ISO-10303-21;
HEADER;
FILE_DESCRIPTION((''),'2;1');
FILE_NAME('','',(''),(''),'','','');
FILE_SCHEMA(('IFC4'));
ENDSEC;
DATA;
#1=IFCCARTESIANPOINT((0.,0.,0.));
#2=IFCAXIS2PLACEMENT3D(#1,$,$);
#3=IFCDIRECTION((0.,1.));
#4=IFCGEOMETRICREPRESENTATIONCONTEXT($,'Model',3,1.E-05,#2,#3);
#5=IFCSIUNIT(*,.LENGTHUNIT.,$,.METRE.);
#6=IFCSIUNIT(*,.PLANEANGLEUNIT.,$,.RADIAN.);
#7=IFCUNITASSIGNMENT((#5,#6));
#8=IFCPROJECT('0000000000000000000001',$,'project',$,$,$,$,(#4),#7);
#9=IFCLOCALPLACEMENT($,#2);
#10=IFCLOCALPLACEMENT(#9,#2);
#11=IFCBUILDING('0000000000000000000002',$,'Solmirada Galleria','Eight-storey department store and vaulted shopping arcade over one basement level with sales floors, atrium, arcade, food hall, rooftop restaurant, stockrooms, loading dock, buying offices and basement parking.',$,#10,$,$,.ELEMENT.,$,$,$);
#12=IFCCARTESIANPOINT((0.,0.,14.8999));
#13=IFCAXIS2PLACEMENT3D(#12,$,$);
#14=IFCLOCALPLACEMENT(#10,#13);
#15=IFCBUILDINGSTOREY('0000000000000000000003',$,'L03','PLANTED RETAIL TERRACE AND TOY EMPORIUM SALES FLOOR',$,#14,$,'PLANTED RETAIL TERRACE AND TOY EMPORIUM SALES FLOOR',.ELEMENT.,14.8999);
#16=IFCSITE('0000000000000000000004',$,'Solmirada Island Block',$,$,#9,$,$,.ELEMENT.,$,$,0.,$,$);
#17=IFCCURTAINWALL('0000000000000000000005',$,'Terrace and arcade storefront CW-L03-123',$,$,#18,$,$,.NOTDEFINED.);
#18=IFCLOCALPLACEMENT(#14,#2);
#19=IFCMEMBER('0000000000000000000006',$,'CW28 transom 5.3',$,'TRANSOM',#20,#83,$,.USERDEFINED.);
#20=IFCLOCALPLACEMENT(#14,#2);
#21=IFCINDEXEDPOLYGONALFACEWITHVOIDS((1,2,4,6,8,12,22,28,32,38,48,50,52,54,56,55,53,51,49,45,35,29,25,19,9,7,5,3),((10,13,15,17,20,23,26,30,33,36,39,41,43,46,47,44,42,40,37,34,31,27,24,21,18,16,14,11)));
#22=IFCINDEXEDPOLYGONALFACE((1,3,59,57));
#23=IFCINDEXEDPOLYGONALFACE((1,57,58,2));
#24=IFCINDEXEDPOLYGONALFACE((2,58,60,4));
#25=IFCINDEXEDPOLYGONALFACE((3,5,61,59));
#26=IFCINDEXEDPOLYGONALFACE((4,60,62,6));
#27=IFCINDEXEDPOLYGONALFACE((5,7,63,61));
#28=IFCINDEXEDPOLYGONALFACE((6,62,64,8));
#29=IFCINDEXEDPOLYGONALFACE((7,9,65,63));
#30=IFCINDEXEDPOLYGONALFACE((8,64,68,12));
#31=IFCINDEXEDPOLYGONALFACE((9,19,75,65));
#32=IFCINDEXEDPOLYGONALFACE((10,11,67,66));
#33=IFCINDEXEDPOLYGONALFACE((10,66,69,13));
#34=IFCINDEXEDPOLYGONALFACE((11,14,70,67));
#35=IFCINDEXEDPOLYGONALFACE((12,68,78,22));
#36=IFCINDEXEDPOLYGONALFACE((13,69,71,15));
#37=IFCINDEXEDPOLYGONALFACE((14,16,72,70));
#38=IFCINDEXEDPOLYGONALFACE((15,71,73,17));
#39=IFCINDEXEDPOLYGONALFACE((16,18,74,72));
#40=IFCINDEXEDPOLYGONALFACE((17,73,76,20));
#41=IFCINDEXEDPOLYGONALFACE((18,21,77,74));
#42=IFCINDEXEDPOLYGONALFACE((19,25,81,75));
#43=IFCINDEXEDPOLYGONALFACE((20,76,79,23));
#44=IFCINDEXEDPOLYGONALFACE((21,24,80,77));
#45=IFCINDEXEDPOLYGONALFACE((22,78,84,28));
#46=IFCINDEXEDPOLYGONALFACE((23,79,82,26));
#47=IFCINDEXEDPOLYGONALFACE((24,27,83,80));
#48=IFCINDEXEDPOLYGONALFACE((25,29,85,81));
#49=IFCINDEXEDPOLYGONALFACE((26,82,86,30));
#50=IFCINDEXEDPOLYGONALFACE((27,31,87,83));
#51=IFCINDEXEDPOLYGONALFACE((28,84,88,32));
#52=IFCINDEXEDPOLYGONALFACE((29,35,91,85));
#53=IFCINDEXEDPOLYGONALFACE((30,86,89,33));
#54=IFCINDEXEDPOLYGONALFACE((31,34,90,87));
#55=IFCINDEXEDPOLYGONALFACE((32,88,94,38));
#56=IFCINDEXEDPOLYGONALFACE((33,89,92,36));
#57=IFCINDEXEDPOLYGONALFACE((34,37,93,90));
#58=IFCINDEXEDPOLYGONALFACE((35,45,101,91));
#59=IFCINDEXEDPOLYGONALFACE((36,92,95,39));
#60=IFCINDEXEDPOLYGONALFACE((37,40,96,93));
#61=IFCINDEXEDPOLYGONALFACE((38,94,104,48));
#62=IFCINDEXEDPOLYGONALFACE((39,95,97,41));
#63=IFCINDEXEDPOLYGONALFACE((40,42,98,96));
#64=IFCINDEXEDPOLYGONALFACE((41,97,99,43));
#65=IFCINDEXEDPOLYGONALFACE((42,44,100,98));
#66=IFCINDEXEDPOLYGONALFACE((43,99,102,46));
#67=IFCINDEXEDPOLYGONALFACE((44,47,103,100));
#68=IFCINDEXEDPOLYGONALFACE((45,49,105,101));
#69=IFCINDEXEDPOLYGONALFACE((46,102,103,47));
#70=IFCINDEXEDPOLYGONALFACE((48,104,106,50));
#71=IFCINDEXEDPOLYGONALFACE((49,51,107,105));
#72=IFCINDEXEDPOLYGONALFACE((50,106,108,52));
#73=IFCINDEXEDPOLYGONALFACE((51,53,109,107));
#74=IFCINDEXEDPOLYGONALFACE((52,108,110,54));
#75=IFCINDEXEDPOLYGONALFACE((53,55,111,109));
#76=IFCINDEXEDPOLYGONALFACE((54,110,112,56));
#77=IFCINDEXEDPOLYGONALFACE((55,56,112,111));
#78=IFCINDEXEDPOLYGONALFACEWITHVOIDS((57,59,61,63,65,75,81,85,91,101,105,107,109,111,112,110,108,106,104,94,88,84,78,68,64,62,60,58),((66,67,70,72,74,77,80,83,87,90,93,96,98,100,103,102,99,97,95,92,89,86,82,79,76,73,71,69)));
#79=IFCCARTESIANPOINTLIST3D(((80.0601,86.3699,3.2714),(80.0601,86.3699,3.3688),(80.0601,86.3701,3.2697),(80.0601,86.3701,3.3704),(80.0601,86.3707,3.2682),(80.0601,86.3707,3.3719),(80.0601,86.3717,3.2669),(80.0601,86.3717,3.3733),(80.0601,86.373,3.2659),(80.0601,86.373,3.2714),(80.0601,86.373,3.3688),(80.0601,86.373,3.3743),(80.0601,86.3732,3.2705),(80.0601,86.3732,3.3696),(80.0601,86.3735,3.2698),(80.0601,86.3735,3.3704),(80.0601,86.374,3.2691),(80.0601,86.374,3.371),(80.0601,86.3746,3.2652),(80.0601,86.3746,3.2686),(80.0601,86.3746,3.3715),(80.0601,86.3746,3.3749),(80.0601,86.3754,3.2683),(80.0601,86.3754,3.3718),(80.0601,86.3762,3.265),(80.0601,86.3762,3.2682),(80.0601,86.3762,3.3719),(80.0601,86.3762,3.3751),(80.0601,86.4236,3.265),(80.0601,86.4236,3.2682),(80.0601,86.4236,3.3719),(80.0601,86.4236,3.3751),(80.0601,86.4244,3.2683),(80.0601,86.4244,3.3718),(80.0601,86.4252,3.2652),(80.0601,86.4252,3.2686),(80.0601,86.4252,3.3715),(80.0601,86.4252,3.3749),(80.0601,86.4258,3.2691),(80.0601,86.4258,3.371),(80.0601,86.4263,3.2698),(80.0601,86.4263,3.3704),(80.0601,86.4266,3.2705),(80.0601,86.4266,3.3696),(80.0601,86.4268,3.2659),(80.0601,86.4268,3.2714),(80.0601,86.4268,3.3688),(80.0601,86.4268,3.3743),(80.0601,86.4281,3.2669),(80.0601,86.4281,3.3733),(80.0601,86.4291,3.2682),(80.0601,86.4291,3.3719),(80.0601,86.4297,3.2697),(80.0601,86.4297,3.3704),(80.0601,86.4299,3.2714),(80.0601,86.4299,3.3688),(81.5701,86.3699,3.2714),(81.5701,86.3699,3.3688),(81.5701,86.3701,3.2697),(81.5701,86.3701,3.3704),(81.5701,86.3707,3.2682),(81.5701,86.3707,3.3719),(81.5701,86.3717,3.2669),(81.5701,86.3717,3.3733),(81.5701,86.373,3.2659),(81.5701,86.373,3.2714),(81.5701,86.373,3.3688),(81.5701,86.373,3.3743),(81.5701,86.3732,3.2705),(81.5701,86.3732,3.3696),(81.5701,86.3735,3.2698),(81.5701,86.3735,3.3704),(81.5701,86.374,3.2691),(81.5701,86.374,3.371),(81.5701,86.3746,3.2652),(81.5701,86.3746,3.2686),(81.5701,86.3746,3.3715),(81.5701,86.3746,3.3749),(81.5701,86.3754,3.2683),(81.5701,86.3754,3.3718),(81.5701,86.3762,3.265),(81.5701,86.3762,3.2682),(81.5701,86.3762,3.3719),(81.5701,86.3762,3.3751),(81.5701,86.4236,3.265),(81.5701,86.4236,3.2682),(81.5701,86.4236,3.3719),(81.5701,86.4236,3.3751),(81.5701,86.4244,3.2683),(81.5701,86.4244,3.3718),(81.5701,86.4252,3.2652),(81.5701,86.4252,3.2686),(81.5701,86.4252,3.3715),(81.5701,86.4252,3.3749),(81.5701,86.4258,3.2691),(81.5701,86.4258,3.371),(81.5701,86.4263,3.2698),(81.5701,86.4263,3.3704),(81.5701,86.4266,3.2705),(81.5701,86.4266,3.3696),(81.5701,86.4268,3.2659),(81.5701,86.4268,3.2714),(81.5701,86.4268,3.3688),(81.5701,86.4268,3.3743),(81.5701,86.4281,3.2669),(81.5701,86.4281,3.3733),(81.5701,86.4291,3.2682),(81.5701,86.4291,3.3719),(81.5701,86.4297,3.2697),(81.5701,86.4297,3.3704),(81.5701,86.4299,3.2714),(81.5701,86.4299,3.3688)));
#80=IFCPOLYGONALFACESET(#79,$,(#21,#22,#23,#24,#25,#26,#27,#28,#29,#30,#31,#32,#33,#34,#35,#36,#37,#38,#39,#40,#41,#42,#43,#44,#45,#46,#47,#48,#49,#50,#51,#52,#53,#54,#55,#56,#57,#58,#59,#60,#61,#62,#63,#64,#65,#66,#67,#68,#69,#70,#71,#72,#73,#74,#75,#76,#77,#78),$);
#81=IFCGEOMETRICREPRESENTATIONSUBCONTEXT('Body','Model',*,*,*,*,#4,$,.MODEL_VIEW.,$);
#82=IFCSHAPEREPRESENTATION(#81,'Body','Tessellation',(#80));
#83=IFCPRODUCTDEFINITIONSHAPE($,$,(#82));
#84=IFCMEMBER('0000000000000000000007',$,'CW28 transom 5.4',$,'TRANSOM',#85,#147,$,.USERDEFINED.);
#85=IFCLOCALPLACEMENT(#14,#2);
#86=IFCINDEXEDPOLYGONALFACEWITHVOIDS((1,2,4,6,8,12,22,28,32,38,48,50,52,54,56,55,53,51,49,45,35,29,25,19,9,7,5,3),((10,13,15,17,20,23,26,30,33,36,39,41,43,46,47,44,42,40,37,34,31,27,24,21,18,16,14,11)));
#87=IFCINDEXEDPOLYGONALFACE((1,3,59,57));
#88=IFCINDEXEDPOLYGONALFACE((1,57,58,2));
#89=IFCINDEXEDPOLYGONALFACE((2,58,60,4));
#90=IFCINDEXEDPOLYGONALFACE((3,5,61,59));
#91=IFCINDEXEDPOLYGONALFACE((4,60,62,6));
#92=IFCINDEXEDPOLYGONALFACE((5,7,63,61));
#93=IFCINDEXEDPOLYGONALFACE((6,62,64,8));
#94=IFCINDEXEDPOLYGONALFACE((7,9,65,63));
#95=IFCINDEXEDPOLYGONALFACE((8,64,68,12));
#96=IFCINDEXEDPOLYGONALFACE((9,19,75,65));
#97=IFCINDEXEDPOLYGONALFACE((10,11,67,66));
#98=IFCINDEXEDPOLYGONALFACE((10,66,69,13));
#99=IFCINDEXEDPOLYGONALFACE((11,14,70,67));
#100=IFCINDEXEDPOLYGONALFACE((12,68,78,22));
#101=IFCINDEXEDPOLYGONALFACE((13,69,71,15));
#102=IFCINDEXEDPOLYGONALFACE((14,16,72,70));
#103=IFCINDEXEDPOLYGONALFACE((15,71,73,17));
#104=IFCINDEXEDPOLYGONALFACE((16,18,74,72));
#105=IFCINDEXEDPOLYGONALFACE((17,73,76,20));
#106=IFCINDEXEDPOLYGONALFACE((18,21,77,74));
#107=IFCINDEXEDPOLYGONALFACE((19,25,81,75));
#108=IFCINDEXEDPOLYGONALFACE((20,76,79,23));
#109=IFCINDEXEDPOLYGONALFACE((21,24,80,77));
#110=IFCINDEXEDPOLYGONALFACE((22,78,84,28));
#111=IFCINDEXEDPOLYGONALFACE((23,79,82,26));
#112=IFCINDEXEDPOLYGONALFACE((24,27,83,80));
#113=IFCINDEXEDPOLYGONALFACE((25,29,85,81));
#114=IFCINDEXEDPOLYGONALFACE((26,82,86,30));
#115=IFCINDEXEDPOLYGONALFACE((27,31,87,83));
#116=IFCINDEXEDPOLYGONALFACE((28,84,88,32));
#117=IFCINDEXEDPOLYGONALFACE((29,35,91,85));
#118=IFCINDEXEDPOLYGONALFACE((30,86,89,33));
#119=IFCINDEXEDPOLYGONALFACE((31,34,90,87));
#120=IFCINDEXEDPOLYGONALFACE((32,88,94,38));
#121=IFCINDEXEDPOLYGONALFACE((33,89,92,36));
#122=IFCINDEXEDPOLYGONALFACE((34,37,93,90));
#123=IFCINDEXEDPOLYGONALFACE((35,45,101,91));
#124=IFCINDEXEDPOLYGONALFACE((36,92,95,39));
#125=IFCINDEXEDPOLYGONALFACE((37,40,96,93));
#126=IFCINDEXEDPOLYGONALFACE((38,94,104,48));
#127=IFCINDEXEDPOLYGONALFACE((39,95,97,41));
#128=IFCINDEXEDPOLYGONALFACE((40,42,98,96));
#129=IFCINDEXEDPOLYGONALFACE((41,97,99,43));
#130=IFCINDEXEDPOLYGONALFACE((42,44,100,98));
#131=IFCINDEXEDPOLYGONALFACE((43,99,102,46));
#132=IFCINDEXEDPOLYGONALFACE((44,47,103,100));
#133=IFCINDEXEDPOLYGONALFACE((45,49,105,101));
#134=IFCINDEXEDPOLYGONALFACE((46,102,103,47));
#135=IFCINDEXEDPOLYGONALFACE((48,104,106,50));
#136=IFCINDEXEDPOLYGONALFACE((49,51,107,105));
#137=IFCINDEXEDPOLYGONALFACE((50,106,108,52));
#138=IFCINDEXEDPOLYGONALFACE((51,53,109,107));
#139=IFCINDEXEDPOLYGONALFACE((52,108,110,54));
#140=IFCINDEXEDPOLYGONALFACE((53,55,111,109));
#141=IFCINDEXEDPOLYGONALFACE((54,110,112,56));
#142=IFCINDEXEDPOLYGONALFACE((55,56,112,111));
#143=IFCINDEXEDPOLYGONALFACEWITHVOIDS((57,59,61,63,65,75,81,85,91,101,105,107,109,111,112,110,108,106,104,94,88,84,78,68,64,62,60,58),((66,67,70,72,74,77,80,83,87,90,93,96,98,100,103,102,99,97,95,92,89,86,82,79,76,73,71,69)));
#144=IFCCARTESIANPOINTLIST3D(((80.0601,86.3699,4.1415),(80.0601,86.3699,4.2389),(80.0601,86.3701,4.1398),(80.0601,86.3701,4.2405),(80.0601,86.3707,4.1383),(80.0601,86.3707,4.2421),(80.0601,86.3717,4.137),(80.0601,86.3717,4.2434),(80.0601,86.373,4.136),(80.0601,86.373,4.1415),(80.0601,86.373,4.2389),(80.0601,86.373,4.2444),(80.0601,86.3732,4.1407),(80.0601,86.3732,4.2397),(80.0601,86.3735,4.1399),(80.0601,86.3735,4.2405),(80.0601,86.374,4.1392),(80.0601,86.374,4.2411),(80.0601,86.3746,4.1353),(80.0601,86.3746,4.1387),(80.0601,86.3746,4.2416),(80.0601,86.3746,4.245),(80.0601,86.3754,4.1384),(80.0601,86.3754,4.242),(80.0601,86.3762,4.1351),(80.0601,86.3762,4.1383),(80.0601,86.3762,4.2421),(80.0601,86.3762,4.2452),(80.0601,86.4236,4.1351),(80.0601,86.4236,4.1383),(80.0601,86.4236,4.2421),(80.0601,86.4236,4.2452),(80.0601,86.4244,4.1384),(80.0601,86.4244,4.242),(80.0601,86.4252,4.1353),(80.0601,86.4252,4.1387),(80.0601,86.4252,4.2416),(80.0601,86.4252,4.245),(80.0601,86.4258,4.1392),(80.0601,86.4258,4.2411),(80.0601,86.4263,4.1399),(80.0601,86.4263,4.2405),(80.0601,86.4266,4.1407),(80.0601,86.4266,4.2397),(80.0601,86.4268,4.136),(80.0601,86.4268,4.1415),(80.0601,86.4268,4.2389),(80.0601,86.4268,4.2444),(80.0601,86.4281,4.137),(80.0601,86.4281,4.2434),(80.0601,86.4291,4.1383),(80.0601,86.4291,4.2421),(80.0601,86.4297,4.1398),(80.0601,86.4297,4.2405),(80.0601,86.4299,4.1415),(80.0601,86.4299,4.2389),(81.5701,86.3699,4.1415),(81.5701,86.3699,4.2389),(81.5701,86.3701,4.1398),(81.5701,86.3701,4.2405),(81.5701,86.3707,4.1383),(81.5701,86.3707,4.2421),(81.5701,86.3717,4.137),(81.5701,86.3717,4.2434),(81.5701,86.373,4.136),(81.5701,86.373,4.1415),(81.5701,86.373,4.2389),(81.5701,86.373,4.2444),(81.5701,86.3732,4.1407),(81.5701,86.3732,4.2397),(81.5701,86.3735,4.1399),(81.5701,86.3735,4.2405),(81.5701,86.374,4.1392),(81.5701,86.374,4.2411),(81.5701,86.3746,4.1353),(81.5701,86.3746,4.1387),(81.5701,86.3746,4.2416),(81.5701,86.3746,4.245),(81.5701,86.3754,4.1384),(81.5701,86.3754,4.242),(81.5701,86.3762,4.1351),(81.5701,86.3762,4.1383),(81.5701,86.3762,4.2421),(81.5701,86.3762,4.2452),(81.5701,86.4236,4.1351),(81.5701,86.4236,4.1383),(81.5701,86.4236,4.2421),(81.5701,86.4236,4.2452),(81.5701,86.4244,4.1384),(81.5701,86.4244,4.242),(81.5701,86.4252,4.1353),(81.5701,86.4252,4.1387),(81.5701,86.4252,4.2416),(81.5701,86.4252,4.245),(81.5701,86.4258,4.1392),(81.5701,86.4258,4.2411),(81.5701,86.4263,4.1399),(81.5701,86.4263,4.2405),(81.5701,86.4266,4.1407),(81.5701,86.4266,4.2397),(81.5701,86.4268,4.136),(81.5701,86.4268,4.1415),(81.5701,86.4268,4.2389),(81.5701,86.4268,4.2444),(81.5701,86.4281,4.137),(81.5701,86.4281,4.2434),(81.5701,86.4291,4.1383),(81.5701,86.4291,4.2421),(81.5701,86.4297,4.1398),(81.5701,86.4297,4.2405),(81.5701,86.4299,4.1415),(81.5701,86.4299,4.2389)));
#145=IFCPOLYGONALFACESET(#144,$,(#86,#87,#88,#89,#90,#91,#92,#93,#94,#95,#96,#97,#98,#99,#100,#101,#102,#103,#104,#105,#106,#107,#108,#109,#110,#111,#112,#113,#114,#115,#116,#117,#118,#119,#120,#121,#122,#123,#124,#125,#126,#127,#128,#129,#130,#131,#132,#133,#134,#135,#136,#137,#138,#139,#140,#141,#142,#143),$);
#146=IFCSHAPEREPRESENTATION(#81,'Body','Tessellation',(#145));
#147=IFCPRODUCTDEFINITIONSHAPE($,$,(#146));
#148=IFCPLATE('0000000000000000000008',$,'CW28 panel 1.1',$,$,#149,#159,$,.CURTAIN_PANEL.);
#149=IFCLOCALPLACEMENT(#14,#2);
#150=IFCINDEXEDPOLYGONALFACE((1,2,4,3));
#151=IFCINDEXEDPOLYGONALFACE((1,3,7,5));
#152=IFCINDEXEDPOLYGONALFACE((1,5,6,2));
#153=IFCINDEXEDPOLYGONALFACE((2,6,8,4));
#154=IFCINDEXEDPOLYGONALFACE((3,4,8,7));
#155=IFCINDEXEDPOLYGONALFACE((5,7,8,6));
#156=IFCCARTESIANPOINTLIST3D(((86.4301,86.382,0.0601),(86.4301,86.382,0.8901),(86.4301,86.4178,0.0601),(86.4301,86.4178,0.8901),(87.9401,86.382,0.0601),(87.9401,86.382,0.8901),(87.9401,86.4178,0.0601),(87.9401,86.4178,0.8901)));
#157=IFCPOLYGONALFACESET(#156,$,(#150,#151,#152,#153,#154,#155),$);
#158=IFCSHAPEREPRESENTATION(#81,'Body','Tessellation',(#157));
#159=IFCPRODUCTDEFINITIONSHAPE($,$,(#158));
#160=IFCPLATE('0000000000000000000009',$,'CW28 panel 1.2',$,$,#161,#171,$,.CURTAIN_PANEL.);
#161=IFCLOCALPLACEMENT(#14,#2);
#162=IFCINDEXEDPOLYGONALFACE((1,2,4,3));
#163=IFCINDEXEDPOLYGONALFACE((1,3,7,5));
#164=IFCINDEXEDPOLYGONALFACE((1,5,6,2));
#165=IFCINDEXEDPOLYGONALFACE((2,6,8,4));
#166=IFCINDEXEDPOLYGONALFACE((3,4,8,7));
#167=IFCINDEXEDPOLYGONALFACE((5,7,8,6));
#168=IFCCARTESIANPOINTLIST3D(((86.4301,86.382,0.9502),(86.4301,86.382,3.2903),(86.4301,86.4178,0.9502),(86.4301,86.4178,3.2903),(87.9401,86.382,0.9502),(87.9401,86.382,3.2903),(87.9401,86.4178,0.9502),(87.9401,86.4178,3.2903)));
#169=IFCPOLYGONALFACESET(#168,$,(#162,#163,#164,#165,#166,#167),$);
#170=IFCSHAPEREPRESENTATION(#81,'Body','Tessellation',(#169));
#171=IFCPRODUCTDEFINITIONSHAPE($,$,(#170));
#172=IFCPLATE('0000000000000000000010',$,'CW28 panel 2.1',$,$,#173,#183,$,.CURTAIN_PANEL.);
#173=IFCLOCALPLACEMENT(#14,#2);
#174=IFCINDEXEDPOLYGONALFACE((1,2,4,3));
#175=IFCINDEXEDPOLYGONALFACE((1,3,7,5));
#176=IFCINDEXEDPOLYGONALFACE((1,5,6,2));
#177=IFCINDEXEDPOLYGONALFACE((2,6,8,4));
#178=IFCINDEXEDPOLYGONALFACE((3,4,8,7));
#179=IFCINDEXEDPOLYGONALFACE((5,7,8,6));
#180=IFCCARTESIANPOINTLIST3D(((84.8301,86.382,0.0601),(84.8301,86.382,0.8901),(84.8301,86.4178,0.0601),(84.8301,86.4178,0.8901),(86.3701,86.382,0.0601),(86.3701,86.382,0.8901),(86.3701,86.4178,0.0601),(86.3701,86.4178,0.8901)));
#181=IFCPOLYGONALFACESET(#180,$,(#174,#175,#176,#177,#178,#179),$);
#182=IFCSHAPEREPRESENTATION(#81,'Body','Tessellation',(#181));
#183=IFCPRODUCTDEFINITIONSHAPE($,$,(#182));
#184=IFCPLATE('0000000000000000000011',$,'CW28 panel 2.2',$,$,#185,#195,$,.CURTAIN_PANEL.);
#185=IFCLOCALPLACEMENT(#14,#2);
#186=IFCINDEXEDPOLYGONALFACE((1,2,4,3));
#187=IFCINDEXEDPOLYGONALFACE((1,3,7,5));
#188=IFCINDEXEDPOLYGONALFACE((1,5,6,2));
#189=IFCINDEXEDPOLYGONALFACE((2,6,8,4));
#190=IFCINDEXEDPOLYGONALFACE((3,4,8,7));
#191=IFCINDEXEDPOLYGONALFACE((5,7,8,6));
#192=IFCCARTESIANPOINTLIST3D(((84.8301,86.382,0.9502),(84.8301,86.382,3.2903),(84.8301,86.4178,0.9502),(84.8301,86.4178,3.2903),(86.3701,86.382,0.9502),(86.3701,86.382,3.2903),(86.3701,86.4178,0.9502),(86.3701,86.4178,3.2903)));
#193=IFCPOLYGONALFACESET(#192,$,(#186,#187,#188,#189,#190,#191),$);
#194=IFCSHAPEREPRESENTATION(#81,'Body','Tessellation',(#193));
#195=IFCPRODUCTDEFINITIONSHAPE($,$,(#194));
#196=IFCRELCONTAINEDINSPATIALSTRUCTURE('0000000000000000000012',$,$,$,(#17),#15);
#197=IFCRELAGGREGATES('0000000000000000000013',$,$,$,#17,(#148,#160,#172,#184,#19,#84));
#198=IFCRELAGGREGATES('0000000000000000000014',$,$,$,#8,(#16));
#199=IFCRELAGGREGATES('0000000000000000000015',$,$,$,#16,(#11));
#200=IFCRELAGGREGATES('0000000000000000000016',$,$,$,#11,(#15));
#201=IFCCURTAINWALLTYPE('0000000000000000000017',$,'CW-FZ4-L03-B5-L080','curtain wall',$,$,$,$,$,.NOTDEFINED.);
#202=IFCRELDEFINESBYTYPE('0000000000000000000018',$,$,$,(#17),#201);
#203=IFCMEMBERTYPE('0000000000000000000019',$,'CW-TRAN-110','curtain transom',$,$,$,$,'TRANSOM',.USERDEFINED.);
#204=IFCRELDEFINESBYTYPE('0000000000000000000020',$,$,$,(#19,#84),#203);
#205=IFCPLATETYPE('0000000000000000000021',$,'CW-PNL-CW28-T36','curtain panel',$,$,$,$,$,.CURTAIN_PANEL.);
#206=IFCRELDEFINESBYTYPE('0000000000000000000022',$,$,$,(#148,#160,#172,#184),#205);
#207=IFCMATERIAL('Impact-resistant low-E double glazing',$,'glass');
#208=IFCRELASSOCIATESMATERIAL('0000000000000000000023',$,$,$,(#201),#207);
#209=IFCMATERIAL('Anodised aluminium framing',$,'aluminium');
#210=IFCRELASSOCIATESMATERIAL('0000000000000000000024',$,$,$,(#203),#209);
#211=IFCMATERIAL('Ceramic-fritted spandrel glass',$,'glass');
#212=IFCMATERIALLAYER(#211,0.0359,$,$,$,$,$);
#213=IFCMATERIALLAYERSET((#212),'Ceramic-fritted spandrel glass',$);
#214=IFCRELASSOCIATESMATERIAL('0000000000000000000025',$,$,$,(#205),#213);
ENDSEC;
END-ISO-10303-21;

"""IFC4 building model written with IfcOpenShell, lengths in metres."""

from ifc_helpers import new_model, si_unit, direction, frame, origin, origin_2d, place, context, subcontext, project, spatial, rectangle, hollow_rectangle, extrude, material, layer, layer_set, material_profile, profile_set, type_object, element, aggregate, save


model = new_model("IFC4")

# Units and contexts
model_context = context("Model", 3, precision=1e-05, world=origin(), true_north=direction((0.0, 1.0)))
body_context = subcontext(model_context, "Body", "Model", "MODEL_VIEW")
ifc_project = project(units=[si_unit("LENGTHUNIT", "METRE"), si_unit("PLANEANGLEUNIT", "RADIAN")], contexts=[model_context])

# Site, building, storey
site_placement = place(None, origin())
site = spatial("IfcSite", under=ifc_project, at=site_placement, Name="Solmirada Island Block", CompositionType="ELEMENT", RefElevation=0.0)
building_placement = place(site_placement, origin())
building = spatial("IfcBuilding", under=site, at=building_placement, Name="Solmirada Galleria", Description="Eight-storey department store and vaulted shopping arcade over one basement level with sales floors, atrium, arcade, food hall, rooftop restaurant, stockrooms, loading dock, buying offices and basement parking.", CompositionType="ELEMENT")
storey_placement = place(building_placement, frame((0.0, 0.0, 14.8999)))
storey = spatial("IfcBuildingStorey", under=building, at=storey_placement, Name="L03", Description="PLANTED RETAIL TERRACE AND TOY EMPORIUM SALES FLOOR", LongName="PLANTED RETAIL TERRACE AND TOY EMPORIUM SALES FLOOR", CompositionType="ELEMENT", Elevation=14.8999)

# Curtain wall, members, plates
ifc_material_1 = material(Name="Impact-resistant low-E double glazing", Category="glass")
curtain_wall_type = type_object("IfcCurtainWallType", Name="CW-FZ4-L03-B5-L080", Description="curtain wall", PredefinedType="NOTDEFINED", material=ifc_material_1)
curtain_wall_placement = place(storey_placement, origin())
curtain_wall = element("IfcCurtainWall", 1, at=curtain_wall_placement, inside=storey, type_object=curtain_wall_type, Name="Terrace and arcade storefront CW-L03-123", PredefinedType="NOTDEFINED")
ifc_material_2 = material(Name="Anodised aluminium framing", Category="aluminium")
ifc_material_profile_1 = material_profile(ifc_material_2, hollow_rectangle(XDim=0.0601, YDim=0.1101, WallThickness=0.0032, InnerFilletRadius=0.0032, OuterFilletRadius=0.0063, at=origin_2d()), Name="ALU-TRAN-110X60")
ifc_profile_set_1 = profile_set([ifc_material_profile_1], Name="Anodised aluminium framing")
member_type_1 = type_object("IfcMemberType", Name="CW-TRAN-110", Description="curtain transom", ElementType="TRANSOM", PredefinedType="USERDEFINED", material=ifc_profile_set_1)
member_1_placement = place(storey_placement, frame((81.5701, 86.3999, 3.3201), z_axis=(-1.0, 0.0, 0.0), x_axis=(0.0, -1.0, 0.0)))
member_1 = element("IfcMember", 2, at=member_1_placement, type_object=member_type_1, Name="CW28 transom 5.3", ObjectType="TRANSOM", PredefinedType="USERDEFINED", context=body_context, shape_type="SweptSolid", body=[
    extrude(hollow_rectangle(XDim=0.0601, YDim=0.1101, WallThickness=0.0032, InnerFilletRadius=0.0032, OuterFilletRadius=0.0063, at=origin_2d()), origin(), (0.0, 0.0, 1.0), 1.51),
])
member_2_placement = place(storey_placement, frame((81.5701, 86.3999, 4.1902), z_axis=(-1.0, 0.0, 0.0), x_axis=(0.0, -1.0, 0.0)))
member_2 = element("IfcMember", 3, at=member_2_placement, type_object=member_type_1, Name="CW28 transom 5.4", ObjectType="TRANSOM", PredefinedType="USERDEFINED", context=body_context, shape_type="SweptSolid", body=[
    extrude(hollow_rectangle(XDim=0.0601, YDim=0.1101, WallThickness=0.0032, InnerFilletRadius=0.0032, OuterFilletRadius=0.0063, at=origin_2d()), origin(), (0.0, 0.0, 1.0), 1.51),
])
ifc_material_3 = material(Name="Ceramic-fritted spandrel glass", Category="glass")
ifc_layer = layer(ifc_material_3, 0.0359)
ifc_layer_set = layer_set([ifc_layer], Name="Ceramic-fritted spandrel glass")
plate_type = type_object("IfcPlateType", Name="CW-PNL-CW28-T36", Description="curtain panel", PredefinedType="CURTAIN_PANEL", material=ifc_layer_set)
plate_1_placement = place(storey_placement, frame((87.1851, 86.3999, 0.0601), z_axis=(0.0, 0.0, 1.0), x_axis=(-1.0, 0.0, 0.0)))
plate_1 = element("IfcPlate", 4, at=plate_1_placement, type_object=plate_type, Name="CW28 panel 1.1", PredefinedType="CURTAIN_PANEL", context=body_context, shape_type="SweptSolid", body=[
    extrude(rectangle(XDim=1.51, YDim=0.0359, at=origin_2d()), origin(), (0.0, 0.0, 1.0), 0.8301),
])
plate_2_placement = place(storey_placement, frame((87.1851, 86.3999, 0.9502), z_axis=(0.0, 0.0, 1.0), x_axis=(-1.0, 0.0, 0.0)))
plate_2 = element("IfcPlate", 5, at=plate_2_placement, type_object=plate_type, Name="CW28 panel 1.2", PredefinedType="CURTAIN_PANEL", context=body_context, shape_type="SweptSolid", body=[
    extrude(rectangle(XDim=1.51, YDim=0.0359, at=origin_2d()), origin(), (0.0, 0.0, 1.0), 2.3401),
])
plate_3_placement = place(storey_placement, frame((85.6001, 86.3999, 0.0601), z_axis=(0.0, 0.0, 1.0), x_axis=(-1.0, 0.0, 0.0)))
plate_3 = element("IfcPlate", 6, at=plate_3_placement, type_object=plate_type, Name="CW28 panel 2.1", PredefinedType="CURTAIN_PANEL", context=body_context, shape_type="SweptSolid", body=[
    extrude(rectangle(XDim=1.54, YDim=0.0359, at=origin_2d()), origin(), (0.0, 0.0, 1.0), 0.8301),
])
plate_4_placement = place(storey_placement, frame((85.6001, 86.3999, 0.9502), z_axis=(0.0, 0.0, 1.0), x_axis=(-1.0, 0.0, 0.0)))
plate_4 = element("IfcPlate", 7, at=plate_4_placement, type_object=plate_type, Name="CW28 panel 2.2", PredefinedType="CURTAIN_PANEL", context=body_context, shape_type="SweptSolid", body=[
    extrude(rectangle(XDim=1.54, YDim=0.0359, at=origin_2d()), origin(), (0.0, 0.0, 1.0), 2.3401),
])
aggregate(curtain_wall, [plate_1, plate_2, plate_3, plate_4, member_1, member_2])

save(model, "model.ifc")
